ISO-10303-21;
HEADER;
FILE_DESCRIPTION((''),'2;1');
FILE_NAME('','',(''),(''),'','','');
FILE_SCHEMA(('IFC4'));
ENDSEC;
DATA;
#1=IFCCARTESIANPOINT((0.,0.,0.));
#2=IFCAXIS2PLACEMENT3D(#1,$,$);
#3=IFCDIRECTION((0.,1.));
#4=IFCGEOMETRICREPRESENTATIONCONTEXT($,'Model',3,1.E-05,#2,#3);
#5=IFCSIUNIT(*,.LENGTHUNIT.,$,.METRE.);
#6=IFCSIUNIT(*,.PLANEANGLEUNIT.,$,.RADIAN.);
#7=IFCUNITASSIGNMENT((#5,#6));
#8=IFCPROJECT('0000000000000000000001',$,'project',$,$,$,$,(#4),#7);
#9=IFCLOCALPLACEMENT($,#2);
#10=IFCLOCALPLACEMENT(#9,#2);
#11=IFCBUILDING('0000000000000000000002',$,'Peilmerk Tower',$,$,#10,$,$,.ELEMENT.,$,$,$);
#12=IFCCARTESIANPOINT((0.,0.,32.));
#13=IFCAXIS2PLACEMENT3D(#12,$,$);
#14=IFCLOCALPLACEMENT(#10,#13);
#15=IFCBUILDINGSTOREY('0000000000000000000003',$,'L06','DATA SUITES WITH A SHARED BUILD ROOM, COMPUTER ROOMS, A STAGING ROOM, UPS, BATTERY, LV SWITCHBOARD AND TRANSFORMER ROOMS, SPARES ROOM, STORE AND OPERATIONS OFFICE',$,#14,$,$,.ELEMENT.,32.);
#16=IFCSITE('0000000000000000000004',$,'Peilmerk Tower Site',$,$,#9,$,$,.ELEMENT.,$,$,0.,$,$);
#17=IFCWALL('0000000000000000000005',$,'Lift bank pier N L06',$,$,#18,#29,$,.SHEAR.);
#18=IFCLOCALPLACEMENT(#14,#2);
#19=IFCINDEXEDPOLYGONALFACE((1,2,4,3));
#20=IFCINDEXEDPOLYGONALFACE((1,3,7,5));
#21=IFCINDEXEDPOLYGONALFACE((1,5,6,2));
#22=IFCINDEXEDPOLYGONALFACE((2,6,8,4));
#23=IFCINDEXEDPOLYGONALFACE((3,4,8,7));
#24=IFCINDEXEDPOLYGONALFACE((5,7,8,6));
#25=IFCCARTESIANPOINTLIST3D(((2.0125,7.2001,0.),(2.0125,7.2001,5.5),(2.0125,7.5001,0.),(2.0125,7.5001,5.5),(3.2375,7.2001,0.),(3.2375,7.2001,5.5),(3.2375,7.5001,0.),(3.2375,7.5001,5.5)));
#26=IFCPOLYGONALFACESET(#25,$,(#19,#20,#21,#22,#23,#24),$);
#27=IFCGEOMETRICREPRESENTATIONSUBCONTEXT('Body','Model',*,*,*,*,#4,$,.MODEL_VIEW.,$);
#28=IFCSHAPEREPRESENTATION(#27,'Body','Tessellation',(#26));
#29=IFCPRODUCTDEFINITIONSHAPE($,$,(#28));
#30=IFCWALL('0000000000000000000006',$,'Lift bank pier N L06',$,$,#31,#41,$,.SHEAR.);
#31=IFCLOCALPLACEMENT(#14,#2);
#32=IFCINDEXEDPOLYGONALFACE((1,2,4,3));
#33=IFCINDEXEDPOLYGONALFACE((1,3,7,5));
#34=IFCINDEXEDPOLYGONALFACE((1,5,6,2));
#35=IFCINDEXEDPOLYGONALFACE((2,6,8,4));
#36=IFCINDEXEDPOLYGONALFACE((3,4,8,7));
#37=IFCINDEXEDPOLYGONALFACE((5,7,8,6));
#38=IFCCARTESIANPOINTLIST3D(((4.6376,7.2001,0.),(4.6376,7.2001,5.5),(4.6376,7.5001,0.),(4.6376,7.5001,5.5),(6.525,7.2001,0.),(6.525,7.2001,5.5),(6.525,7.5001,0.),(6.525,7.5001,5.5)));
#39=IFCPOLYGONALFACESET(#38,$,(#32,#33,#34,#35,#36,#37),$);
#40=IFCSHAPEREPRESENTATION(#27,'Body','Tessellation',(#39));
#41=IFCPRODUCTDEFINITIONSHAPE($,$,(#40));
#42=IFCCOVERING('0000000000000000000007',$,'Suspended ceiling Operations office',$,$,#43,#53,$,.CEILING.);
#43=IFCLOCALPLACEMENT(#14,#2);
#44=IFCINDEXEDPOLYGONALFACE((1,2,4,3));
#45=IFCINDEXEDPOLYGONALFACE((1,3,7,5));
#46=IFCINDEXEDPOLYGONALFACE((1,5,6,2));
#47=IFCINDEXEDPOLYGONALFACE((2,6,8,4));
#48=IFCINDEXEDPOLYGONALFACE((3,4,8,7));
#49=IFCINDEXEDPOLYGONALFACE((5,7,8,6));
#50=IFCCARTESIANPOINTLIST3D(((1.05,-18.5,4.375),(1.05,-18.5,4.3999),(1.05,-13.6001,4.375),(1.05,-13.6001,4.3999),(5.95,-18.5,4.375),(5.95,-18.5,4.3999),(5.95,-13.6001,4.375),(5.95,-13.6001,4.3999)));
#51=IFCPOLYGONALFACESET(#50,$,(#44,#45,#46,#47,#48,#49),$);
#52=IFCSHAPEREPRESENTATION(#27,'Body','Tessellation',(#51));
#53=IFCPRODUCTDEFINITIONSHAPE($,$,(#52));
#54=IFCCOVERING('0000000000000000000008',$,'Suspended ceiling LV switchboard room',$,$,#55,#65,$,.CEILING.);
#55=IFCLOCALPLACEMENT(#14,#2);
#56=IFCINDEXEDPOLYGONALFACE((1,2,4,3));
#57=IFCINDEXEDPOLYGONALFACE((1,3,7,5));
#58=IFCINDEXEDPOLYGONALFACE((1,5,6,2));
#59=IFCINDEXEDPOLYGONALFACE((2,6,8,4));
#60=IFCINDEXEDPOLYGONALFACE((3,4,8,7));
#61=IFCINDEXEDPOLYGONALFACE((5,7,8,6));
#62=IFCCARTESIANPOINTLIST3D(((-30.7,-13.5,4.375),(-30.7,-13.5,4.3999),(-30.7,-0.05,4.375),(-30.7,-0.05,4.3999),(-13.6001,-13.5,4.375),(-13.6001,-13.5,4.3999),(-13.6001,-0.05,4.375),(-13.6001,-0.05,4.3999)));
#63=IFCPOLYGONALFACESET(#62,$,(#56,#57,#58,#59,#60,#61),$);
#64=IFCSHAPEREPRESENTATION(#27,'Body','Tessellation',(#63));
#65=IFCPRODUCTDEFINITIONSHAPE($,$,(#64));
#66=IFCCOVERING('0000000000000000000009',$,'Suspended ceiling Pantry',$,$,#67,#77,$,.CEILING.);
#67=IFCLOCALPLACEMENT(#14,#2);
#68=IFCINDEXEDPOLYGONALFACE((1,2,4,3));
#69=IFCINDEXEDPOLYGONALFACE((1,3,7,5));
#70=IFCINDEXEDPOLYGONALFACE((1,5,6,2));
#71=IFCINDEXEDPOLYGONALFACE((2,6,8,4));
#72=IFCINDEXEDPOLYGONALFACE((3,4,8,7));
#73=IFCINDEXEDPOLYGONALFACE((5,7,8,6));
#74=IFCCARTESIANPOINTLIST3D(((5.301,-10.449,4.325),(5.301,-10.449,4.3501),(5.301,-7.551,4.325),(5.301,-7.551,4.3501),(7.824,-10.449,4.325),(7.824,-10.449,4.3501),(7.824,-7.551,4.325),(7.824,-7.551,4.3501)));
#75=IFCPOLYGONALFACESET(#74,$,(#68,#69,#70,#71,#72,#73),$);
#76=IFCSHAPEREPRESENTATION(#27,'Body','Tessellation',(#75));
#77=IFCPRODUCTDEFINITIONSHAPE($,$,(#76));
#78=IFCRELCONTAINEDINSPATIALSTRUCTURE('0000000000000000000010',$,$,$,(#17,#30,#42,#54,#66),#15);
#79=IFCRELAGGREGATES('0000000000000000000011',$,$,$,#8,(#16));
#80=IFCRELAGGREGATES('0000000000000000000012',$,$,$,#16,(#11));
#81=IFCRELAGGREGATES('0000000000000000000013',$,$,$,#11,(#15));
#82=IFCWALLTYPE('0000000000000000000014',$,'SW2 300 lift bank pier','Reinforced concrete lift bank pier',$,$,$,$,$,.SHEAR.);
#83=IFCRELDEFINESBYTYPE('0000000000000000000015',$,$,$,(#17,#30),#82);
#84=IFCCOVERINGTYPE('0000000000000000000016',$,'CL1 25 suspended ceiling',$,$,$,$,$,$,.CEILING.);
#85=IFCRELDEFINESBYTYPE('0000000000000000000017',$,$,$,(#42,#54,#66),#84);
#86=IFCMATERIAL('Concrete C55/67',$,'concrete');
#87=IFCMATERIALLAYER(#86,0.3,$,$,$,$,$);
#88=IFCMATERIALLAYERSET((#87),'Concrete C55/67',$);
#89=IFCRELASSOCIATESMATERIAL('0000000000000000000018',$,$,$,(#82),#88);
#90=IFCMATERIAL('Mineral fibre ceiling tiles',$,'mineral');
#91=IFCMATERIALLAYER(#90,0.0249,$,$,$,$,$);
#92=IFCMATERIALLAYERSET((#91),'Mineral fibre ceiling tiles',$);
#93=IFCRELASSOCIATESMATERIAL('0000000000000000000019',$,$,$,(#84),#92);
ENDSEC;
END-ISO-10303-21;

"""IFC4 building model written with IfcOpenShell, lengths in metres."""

from ifc_helpers import new_model, si_unit, direction, frame, frame_2d, origin, place, context, subcontext, project, spatial, polyline, rectangle, outline, extrude, material, layer, layer_set, type_object, element, save


model = new_model("IFC4")

# Units and contexts
model_context = context("Model", 3, precision=1e-05, world=origin(), true_north=direction((0.0, 1.0)))
body_context = subcontext(model_context, "Body", "Model", "MODEL_VIEW")
ifc_project = project(units=[si_unit("LENGTHUNIT", "METRE"), si_unit("PLANEANGLEUNIT", "RADIAN")], contexts=[model_context])

# Site, building, storey
site_placement = place(None, origin())
site = spatial("IfcSite", under=ifc_project, at=site_placement, Name="Peilmerk Tower Site", CompositionType="ELEMENT", RefElevation=0.0)
building_placement = place(site_placement, origin())
building = spatial("IfcBuilding", under=site, at=building_placement, Name="Peilmerk Tower", CompositionType="ELEMENT")
storey_placement = place(building_placement, frame((0.0, 0.0, 32.0)))
storey = spatial("IfcBuildingStorey", under=building, at=storey_placement, Name="L06", Description="DATA SUITES WITH A SHARED BUILD ROOM, COMPUTER ROOMS, A STAGING ROOM, UPS, BATTERY, LV SWITCHBOARD AND TRANSFORMER ROOMS, SPARES ROOM, STORE AND OPERATIONS OFFICE", CompositionType="ELEMENT", Elevation=32.0)

# Walls
ifc_material_1 = material(Name="Concrete C55/67", Category="concrete")
ifc_layer_1 = layer(ifc_material_1, 0.3)
ifc_layer_set_1 = layer_set([ifc_layer_1], Name="Concrete C55/67")
wall_type_1 = type_object("IfcWallType", Name="SW2 300 lift bank pier", Description="Reinforced concrete lift bank pier", PredefinedType="SHEAR", material=ifc_layer_set_1)
wall_1_placement = place(storey_placement, frame((2.0125, 7.3501, 0.0), z_axis=(0.0, 0.0, 1.0), x_axis=(1.0, 0.0, 0.0)))
element("IfcWall", 1, at=wall_1_placement, inside=storey, type_object=wall_type_1, Name="Lift bank pier N L06", PredefinedType="SHEAR", context=body_context, shape_type="SweptSolid", body=[
    extrude(rectangle(XDim=1.2251, YDim=0.3, at=frame_2d((0.6125, 0.0))), origin(), (0.0, 0.0, 1.0), 5.5),
])
wall_2_placement = place(storey_placement, frame((4.6375, 7.3501, 0.0), z_axis=(0.0, 0.0, 1.0), x_axis=(1.0, 0.0, 0.0)))
element("IfcWall", 2, at=wall_2_placement, inside=storey, type_object=wall_type_1, Name="Lift bank pier N L06", PredefinedType="SHEAR", context=body_context, shape_type="SweptSolid", body=[
    extrude(rectangle(XDim=1.8875, YDim=0.3, at=frame_2d((0.9438, 0.0))), origin(), (0.0, 0.0, 1.0), 5.5),
])

# Coverings
ifc_material_2 = material(Name="Mineral fibre ceiling tiles", Category="mineral")
ifc_layer_2 = layer(ifc_material_2, 0.0249)
ifc_layer_set_2 = layer_set([ifc_layer_2], Name="Mineral fibre ceiling tiles")
covering_type_1 = type_object("IfcCoveringType", Name="CL1 25 suspended ceiling", PredefinedType="CEILING", material=ifc_layer_set_2)
covering_1_placement = place(storey_placement, frame((0.0, 0.0, 4.375)))
element("IfcCovering", 3, at=covering_1_placement, inside=storey, type_object=covering_type_1, Name="Suspended ceiling Operations office", PredefinedType="CEILING", context=body_context, shape_type="SweptSolid", body=[
    extrude(outline(polyline([(5.95, -18.5), (5.95, -13.6001), (1.05, -13.6001), (1.05, -18.5), (5.95, -18.5)])), origin(), (0.0, 0.0, 1.0), 0.0249),
])
covering_2_placement = place(storey_placement, frame((0.0, 0.0, 4.375)))
element("IfcCovering", 4, at=covering_2_placement, inside=storey, type_object=covering_type_1, Name="Suspended ceiling LV switchboard room", PredefinedType="CEILING", context=body_context, shape_type="SweptSolid", body=[
    extrude(outline(polyline([(-30.7, -0.05), (-30.7, -13.5), (-13.6001, -13.5), (-13.6001, -0.05), (-30.7, -0.05)])), origin(), (0.0, 0.0, 1.0), 0.0249),
])
covering_3_placement = place(storey_placement, frame((0.0, 0.0, 4.325)))
element("IfcCovering", 5, at=covering_3_placement, inside=storey, type_object=covering_type_1, Name="Suspended ceiling Pantry", PredefinedType="CEILING", context=body_context, shape_type="SweptSolid", body=[
    extrude(outline(polyline([(7.824, -10.449), (7.824, -7.551), (5.301, -7.551), (5.301, -10.449), (7.824, -10.449)])), origin(), (0.0, 0.0, 1.0), 0.0251),
])

save(model, "model.ifc")
